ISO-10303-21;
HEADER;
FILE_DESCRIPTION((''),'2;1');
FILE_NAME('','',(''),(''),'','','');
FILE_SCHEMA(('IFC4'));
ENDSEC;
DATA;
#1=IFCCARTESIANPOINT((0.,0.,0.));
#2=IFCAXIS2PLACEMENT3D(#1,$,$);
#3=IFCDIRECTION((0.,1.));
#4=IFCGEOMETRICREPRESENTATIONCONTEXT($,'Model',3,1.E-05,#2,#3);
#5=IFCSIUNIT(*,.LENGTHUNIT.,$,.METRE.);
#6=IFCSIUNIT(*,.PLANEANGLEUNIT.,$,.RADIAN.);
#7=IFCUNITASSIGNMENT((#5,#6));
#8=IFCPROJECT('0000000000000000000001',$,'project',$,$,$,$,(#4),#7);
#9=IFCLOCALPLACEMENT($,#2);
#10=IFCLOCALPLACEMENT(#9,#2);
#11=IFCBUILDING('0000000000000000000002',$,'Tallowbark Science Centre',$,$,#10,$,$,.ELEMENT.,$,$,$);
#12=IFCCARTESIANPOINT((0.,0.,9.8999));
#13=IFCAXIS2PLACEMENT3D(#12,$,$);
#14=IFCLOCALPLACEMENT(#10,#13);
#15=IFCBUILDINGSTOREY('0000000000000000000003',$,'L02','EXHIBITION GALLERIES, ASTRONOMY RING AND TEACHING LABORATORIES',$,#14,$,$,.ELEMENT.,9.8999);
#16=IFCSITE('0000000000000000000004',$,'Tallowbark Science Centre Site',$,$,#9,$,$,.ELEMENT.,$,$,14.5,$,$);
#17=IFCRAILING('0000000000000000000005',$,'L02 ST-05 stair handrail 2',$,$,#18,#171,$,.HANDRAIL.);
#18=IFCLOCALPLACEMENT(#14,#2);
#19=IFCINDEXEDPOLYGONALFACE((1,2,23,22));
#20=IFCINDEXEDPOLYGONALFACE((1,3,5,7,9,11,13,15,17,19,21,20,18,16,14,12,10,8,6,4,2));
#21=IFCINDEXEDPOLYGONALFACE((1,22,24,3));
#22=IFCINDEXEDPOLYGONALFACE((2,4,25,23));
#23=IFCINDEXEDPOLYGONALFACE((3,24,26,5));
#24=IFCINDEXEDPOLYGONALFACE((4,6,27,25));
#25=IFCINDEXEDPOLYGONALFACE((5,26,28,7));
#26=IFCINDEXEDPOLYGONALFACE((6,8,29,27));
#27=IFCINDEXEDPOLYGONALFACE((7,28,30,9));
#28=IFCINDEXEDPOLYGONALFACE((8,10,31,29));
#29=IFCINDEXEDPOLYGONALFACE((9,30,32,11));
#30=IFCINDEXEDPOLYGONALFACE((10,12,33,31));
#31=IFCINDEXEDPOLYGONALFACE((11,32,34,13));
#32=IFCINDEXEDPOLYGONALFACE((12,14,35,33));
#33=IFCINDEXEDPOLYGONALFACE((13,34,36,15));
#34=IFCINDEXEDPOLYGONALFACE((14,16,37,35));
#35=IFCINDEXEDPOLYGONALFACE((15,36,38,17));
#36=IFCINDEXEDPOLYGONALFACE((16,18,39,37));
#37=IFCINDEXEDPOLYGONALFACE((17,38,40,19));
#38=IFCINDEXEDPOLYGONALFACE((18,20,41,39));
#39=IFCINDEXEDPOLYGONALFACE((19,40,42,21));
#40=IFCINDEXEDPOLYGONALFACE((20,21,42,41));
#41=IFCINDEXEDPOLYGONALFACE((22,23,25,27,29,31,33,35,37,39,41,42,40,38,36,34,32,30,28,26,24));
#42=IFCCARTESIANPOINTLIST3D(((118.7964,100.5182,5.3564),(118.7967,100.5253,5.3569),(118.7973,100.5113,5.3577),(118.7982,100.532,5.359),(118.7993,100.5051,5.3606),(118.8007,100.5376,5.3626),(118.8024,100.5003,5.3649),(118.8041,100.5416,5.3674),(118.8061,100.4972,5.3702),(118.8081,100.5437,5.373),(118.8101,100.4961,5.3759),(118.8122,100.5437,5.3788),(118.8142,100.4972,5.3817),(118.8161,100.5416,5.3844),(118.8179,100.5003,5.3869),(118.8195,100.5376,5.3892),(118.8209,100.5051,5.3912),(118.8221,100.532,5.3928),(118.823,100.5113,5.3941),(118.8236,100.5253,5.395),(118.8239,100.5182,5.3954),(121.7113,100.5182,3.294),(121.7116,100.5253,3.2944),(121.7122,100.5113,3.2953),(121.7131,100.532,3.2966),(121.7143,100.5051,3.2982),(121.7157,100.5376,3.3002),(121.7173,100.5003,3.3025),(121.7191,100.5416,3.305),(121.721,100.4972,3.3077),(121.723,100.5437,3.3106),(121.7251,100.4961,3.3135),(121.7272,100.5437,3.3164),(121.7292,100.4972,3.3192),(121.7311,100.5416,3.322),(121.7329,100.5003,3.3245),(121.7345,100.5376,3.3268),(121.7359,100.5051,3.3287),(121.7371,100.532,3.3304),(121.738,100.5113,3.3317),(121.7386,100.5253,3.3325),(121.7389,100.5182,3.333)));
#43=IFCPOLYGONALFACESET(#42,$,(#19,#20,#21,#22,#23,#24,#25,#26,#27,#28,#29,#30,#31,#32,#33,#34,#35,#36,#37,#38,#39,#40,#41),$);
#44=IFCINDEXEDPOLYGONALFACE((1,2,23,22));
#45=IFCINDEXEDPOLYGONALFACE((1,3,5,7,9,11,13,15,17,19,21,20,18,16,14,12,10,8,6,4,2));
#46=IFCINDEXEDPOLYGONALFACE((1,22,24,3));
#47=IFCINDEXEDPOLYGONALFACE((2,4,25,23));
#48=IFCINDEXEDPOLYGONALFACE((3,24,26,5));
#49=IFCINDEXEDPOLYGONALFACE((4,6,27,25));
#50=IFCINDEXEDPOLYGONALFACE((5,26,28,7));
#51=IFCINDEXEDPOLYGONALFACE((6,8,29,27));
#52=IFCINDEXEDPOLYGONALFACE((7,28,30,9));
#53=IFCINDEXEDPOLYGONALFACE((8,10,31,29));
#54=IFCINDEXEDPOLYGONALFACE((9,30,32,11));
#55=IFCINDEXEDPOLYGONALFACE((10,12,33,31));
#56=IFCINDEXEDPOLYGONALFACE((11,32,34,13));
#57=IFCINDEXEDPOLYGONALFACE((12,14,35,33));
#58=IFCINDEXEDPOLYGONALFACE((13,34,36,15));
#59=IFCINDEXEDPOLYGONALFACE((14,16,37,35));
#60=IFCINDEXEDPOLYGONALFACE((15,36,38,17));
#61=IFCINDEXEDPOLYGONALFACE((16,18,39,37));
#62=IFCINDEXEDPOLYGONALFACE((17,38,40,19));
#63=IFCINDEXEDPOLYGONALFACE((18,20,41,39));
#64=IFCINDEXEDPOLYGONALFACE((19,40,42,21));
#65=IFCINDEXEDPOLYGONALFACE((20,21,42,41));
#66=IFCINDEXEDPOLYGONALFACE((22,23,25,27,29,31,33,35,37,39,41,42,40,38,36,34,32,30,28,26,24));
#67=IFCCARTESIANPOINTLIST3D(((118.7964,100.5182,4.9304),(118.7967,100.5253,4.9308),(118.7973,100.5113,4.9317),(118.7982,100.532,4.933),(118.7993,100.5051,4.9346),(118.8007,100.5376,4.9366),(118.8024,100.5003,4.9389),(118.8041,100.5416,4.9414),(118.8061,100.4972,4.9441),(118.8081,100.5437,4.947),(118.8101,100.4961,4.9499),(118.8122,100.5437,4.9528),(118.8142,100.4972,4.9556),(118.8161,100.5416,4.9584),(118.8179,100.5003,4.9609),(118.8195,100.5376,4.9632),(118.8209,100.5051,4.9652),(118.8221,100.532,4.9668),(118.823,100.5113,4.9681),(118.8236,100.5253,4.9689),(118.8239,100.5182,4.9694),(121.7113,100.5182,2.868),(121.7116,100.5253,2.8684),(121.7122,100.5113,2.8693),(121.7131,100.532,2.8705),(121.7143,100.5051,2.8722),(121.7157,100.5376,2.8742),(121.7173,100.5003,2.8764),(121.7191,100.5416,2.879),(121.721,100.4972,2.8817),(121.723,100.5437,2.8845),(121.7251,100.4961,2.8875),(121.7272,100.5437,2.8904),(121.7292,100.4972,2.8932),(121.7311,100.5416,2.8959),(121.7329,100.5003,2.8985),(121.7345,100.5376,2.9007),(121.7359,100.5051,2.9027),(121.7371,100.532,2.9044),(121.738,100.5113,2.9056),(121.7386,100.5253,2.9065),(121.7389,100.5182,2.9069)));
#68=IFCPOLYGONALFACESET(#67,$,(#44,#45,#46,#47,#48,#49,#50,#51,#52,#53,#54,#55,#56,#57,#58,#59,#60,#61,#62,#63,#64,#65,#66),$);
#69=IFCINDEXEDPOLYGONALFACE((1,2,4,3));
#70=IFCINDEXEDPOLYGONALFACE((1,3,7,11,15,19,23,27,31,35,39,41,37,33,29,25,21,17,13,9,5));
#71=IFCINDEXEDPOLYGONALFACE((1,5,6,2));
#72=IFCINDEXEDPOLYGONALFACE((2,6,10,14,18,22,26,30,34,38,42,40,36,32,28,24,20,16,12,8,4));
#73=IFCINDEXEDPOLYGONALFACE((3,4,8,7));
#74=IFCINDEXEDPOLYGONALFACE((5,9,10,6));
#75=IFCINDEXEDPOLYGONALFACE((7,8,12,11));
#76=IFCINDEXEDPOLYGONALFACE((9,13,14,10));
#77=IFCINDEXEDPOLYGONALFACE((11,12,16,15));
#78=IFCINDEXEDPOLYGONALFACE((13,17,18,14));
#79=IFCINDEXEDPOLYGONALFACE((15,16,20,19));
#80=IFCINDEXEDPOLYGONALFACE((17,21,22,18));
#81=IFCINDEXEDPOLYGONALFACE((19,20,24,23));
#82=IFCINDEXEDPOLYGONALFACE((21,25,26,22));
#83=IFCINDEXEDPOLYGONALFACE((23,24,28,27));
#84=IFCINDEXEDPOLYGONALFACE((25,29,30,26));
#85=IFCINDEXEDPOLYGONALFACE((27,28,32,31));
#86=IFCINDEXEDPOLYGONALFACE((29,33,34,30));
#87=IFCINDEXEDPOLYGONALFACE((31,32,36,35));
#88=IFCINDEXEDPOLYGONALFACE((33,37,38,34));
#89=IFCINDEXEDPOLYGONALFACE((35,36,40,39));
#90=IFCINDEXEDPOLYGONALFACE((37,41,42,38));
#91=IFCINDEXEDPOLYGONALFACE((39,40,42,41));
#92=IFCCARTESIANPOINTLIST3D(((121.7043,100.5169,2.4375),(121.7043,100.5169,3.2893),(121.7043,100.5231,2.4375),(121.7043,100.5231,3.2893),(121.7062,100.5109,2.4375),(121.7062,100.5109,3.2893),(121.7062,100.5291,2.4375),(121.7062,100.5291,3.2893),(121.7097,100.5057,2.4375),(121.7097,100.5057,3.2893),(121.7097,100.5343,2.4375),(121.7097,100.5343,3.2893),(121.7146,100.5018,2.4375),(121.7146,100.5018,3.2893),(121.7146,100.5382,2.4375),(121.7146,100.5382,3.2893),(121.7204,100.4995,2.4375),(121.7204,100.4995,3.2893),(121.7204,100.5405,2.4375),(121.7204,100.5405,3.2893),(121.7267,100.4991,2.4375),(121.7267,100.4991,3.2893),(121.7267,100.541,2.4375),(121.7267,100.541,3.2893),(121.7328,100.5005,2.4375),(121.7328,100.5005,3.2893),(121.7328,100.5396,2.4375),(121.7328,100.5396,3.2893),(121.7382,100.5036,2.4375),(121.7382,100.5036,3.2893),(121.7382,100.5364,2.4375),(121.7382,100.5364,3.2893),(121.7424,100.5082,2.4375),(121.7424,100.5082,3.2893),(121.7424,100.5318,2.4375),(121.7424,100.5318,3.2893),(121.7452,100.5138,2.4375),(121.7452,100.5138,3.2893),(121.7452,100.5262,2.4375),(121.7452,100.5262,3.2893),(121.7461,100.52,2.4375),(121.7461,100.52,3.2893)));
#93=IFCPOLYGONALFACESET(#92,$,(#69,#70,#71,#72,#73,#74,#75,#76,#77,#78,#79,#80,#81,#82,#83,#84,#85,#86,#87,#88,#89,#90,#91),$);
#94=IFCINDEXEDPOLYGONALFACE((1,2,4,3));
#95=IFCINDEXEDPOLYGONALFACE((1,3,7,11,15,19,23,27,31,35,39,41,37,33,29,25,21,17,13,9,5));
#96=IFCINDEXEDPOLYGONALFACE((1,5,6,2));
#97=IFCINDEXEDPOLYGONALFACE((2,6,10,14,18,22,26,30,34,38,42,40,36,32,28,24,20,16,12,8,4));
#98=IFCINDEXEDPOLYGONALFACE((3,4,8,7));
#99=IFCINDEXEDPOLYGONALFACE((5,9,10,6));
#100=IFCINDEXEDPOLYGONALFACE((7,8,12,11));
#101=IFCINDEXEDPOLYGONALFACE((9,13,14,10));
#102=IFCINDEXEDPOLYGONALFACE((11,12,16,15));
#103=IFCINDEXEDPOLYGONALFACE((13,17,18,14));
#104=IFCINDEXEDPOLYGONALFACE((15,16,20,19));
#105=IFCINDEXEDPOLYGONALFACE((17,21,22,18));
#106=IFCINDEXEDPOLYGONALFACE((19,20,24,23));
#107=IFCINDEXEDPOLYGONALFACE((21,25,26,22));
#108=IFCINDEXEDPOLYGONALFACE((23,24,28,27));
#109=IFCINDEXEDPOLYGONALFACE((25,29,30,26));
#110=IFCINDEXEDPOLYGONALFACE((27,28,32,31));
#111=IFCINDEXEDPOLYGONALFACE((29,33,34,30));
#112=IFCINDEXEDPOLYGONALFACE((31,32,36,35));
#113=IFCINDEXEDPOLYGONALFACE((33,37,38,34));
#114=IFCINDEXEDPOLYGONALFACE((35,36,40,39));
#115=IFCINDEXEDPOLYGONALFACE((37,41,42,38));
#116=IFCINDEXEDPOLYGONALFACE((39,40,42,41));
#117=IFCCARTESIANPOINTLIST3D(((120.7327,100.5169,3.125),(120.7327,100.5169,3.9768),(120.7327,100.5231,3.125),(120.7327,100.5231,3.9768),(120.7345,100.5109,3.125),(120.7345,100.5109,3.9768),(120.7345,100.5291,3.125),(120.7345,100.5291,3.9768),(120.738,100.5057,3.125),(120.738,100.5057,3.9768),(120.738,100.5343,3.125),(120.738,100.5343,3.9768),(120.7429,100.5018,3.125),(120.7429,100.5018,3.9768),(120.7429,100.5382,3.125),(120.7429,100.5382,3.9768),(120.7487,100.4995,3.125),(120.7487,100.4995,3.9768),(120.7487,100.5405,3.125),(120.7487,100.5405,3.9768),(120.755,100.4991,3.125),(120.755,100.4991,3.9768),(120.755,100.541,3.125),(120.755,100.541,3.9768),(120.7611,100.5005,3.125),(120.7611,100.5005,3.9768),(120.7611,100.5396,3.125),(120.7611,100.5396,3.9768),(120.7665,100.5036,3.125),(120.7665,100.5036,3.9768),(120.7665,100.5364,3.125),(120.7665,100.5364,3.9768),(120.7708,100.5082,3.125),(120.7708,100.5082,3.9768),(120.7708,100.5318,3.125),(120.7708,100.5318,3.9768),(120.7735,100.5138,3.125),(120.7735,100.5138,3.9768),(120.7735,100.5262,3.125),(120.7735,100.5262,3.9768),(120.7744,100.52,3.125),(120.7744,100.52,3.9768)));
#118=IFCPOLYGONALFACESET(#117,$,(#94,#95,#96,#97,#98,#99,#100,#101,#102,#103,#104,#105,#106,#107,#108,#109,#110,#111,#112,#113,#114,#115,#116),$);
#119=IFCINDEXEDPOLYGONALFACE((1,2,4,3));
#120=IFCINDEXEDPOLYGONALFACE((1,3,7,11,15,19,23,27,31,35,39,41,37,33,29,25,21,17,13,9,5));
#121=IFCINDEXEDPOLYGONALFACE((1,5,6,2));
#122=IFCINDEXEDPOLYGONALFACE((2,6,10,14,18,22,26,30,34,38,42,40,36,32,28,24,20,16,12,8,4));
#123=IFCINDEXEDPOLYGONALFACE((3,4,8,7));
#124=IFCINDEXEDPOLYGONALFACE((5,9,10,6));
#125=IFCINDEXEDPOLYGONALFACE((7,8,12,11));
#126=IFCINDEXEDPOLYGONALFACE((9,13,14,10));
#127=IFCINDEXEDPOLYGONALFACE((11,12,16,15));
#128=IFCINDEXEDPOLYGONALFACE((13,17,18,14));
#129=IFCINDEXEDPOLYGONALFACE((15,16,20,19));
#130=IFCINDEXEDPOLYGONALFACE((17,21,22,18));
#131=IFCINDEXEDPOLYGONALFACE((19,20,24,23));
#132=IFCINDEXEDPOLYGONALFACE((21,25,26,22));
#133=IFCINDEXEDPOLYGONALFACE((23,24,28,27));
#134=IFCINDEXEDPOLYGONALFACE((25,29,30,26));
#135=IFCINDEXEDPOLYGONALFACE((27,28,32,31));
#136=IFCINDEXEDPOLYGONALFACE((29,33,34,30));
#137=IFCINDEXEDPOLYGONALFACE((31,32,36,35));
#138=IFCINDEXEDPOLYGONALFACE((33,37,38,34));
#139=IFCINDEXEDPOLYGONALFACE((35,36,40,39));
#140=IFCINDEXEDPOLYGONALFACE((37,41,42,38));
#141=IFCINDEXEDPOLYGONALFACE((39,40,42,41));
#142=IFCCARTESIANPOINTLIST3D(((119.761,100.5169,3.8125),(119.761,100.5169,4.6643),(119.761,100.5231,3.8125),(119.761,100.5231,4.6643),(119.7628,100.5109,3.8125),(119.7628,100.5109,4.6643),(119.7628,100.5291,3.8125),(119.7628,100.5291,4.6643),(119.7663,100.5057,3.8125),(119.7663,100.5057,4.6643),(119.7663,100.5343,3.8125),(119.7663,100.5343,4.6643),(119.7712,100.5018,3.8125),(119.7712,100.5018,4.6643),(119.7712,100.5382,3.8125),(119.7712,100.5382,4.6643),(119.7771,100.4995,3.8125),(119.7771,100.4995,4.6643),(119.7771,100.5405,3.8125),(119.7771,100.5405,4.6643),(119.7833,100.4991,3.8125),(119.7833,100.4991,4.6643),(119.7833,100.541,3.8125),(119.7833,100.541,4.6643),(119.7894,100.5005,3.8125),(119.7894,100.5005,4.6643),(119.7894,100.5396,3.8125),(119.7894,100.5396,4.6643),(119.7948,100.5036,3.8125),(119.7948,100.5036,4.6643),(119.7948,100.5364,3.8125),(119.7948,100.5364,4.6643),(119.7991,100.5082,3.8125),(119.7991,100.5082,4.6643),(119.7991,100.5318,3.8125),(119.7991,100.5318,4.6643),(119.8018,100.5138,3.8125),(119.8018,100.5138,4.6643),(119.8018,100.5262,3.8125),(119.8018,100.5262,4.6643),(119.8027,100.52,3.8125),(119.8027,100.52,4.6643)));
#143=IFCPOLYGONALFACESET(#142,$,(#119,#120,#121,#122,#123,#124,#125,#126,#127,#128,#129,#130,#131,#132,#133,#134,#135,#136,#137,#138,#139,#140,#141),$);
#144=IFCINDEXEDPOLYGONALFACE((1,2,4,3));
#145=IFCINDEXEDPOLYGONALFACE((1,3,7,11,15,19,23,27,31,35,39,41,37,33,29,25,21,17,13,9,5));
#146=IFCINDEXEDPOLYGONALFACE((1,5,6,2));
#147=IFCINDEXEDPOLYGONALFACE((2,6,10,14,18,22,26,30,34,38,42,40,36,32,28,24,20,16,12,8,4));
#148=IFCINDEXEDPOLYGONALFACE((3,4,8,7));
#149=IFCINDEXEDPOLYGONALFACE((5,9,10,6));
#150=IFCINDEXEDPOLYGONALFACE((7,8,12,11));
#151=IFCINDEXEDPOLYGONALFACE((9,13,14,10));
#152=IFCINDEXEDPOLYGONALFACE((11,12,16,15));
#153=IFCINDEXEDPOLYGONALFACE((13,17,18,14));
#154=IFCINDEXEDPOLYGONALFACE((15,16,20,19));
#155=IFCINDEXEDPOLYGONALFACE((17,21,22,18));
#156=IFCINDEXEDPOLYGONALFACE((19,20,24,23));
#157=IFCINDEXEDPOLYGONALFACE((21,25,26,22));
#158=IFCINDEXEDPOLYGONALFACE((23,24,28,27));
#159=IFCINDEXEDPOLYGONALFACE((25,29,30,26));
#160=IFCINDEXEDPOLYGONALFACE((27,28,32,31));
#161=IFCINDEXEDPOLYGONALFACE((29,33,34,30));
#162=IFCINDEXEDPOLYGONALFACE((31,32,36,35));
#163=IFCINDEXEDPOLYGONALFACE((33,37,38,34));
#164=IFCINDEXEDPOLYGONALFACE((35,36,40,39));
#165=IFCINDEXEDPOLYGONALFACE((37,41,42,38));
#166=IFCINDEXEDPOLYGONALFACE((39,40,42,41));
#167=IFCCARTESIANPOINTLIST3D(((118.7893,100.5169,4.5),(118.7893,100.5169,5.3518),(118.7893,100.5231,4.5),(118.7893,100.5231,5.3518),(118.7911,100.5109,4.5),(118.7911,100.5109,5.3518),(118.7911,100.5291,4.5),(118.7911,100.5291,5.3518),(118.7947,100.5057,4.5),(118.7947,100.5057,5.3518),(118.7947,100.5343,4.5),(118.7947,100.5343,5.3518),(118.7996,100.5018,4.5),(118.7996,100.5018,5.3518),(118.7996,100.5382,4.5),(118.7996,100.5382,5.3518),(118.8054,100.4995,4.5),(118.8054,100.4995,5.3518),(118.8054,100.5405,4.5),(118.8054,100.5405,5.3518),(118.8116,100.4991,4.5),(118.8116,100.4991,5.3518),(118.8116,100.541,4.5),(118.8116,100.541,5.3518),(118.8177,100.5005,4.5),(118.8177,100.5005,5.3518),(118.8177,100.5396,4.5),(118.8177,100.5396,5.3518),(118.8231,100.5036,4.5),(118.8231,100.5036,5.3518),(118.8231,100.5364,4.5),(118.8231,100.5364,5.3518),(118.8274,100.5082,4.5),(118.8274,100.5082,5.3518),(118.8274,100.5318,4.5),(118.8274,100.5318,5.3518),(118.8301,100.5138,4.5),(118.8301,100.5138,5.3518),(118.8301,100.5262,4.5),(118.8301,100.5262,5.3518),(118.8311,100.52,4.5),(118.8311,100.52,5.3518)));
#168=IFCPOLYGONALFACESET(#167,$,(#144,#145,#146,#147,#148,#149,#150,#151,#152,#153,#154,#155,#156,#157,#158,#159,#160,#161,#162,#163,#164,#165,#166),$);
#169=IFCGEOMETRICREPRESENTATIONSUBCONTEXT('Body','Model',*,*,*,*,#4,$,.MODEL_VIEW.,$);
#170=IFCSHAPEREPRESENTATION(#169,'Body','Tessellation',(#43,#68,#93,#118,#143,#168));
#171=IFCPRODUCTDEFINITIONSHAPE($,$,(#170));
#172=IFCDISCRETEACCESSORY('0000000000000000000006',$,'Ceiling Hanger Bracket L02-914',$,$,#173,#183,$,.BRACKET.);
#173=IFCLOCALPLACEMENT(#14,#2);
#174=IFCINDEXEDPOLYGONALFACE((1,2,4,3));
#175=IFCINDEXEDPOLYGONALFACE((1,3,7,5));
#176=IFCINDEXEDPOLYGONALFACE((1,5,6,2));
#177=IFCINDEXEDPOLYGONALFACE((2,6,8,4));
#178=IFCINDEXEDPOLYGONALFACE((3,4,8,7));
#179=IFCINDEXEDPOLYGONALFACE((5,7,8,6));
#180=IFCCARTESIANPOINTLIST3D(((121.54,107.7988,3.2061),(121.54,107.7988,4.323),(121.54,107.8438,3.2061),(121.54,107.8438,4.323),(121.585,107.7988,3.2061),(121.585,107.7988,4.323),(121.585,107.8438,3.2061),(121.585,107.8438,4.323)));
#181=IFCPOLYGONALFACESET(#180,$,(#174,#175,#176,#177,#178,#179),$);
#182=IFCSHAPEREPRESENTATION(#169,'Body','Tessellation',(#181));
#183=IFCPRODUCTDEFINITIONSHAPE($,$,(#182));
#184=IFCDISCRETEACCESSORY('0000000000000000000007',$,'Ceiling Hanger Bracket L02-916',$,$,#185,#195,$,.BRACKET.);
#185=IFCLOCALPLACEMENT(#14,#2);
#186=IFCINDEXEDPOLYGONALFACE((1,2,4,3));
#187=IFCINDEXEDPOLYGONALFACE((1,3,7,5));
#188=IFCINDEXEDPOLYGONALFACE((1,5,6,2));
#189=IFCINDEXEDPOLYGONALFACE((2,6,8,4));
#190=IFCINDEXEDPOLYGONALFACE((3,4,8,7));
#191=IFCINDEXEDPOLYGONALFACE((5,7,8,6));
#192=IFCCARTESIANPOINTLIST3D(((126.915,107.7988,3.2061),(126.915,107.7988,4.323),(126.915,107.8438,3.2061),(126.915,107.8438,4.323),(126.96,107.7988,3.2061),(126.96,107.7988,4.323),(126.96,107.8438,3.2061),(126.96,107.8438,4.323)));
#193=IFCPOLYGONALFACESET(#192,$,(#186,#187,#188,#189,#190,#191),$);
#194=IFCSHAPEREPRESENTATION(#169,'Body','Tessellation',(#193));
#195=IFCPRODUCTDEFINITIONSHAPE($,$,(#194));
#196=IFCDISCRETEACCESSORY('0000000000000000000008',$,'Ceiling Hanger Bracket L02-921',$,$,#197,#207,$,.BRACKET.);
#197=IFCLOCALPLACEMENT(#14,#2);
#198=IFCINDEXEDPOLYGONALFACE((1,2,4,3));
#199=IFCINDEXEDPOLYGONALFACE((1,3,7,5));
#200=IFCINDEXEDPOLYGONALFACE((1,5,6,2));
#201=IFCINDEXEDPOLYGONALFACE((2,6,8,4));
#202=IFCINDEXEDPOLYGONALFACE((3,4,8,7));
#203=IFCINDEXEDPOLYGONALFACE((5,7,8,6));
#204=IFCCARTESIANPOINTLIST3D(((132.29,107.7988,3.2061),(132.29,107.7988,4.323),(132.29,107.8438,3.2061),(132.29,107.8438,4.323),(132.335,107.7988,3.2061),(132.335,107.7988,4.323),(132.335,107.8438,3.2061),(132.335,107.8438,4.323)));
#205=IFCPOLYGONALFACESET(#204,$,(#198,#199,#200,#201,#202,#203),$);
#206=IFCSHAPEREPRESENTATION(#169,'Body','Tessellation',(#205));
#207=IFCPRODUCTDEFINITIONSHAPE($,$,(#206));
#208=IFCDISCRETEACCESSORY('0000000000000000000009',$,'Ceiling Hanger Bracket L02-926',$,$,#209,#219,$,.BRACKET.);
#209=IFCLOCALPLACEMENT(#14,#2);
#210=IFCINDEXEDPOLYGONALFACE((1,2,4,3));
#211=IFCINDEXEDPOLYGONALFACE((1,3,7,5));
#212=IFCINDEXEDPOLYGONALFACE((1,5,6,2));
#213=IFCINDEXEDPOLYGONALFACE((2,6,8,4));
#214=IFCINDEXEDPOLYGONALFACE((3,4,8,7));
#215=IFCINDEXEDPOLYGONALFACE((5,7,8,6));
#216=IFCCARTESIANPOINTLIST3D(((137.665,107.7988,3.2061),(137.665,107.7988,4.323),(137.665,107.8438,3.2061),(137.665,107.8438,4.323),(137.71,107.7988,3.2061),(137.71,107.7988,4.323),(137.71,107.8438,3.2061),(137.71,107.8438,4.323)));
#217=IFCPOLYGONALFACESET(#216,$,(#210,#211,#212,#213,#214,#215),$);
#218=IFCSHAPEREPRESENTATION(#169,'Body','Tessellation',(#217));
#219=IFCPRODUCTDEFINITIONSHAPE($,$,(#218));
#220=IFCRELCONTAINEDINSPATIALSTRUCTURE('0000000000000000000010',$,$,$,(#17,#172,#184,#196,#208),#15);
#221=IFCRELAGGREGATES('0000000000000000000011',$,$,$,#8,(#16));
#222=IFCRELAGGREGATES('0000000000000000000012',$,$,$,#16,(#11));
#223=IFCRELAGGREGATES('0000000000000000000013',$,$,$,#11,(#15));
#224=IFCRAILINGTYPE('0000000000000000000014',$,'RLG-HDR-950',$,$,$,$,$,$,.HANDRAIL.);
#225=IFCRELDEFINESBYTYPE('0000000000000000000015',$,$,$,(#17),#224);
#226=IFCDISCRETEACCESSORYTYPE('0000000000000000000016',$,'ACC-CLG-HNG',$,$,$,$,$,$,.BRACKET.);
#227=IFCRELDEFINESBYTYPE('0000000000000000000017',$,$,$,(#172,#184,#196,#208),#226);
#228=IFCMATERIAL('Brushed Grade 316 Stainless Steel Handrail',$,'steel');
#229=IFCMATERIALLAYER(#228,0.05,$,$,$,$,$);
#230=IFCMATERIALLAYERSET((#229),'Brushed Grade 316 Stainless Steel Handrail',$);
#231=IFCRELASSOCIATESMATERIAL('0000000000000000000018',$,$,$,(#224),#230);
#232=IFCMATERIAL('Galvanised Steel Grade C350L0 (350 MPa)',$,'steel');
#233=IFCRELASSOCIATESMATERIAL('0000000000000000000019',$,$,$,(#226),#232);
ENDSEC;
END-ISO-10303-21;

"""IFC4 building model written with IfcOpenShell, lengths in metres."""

from ifc_helpers import new_model, si_unit, direction, frame, origin, origin_2d, place, context, subcontext, project, spatial, rectangle, circle, extrude, material, layer, layer_set, type_object, element, save


model = new_model("IFC4")

# Units and contexts
model_context = context("Model", 3, precision=1e-05, world=origin(), true_north=direction((0.0, 1.0)))
body_context = subcontext(model_context, "Body", "Model", "MODEL_VIEW")
ifc_project = project(units=[si_unit("LENGTHUNIT", "METRE"), si_unit("PLANEANGLEUNIT", "RADIAN")], contexts=[model_context])

# Site, building, storey
site_placement = place(None, origin())
site = spatial("IfcSite", under=ifc_project, at=site_placement, Name="Tallowbark Science Centre Site", CompositionType="ELEMENT", RefElevation=14.5)
building_placement = place(site_placement, origin())
building = spatial("IfcBuilding", under=site, at=building_placement, Name="Tallowbark Science Centre", CompositionType="ELEMENT")
storey_placement = place(building_placement, frame((0.0, 0.0, 9.8999)))
storey = spatial("IfcBuildingStorey", under=building, at=storey_placement, Name="L02", Description="EXHIBITION GALLERIES, ASTRONOMY RING AND TEACHING LABORATORIES", CompositionType="ELEMENT", Elevation=9.8999)

# Railing
ifc_material_1 = material(Name="Brushed Grade 316 Stainless Steel Handrail", Category="steel")
ifc_layer_1 = layer(ifc_material_1, 0.05)
ifc_layer_set_1 = layer_set([ifc_layer_1], Name="Brushed Grade 316 Stainless Steel Handrail")
railing_type_1 = type_object("IfcRailingType", Name="RLG-HDR-950", PredefinedType="HANDRAIL", material=ifc_layer_set_1)
railing_1_placement = place(storey_placement, frame((121.7251, 100.52, 2.4375)))
element("IfcRailing", 1, at=railing_1_placement, inside=storey, type_object=railing_type_1, Name="L02 ST-05 stair handrail 2", PredefinedType="HANDRAIL", context=body_context, shape_type="SweptSolid", body=[
    extrude(circle(Radius=0.0239, at=origin_2d()), frame((0.0, 0.0, 0.876), z_axis=(-0.816331, 0.0, 0.577585), x_axis=(0.0, -1.0, 0.0)), (0.0, 0.0, 1.0), 3.5708),
    extrude(circle(Radius=0.0239, at=origin_2d()), frame((0.0, 0.0, 0.45), z_axis=(-0.816331, 0.0, 0.577585), x_axis=(0.0, -1.0, 0.0)), (0.0, 0.0, 1.0), 3.5708),
    extrude(circle(Radius=0.021, at=origin_2d()), origin(), (0.0, 0.0, 1.0), 0.8518),
    extrude(circle(Radius=0.021, at=origin_2d()), frame((-0.9717, 0.0, 0.6875)), (0.0, 0.0, 1.0), 0.8518),
    extrude(circle(Radius=0.021, at=origin_2d()), frame((-1.9434, 0.0, 1.375)), (0.0, 0.0, 1.0), 0.8518),
    extrude(circle(Radius=0.021, at=origin_2d()), frame((-2.915, 0.0, 2.0625)), (0.0, 0.0, 1.0), 0.8518),
])

# Discrete accessories
ifc_material_2 = material(Name="Galvanised Steel Grade C350L0 (350 MPa)", Category="steel")
discrete_accessory_type = type_object("IfcDiscreteAccessoryType", Name="ACC-CLG-HNG", PredefinedType="BRACKET", material=ifc_material_2)
for number, where, z_axis, x_axis, name in (
    (2, (121.5625, 107.8213, 3.2061), (0.0, 0.0, 1.0), (1.0, 0.0, 0.0), "Ceiling Hanger Bracket L02-914"),
    (3, (126.9375, 107.8213, 3.2061), (0.0, 0.0, 1.0), (1.0, 0.0, 0.0), "Ceiling Hanger Bracket L02-916"),
    (4, (132.3125, 107.8213, 3.2061), (0.0, 0.0, 1.0), (1.0, 0.0, 0.0), "Ceiling Hanger Bracket L02-921"),
    (5, (137.6875, 107.8213, 3.2061), (0.0, 0.0, 1.0), (1.0, 0.0, 0.0), "Ceiling Hanger Bracket L02-926"),
):
    element("IfcDiscreteAccessory", number, at=place(storey_placement, frame(where, z_axis=z_axis, x_axis=x_axis)), inside=storey, type_object=discrete_accessory_type, Name=name, PredefinedType="BRACKET", context=body_context, shape_type="SweptSolid", body=[
        extrude(rectangle(XDim=0.0449, YDim=0.0449, at=origin_2d()), origin(), (0.0, 0.0, 1.0), 1.1169),
    ])

save(model, "model.ifc")
